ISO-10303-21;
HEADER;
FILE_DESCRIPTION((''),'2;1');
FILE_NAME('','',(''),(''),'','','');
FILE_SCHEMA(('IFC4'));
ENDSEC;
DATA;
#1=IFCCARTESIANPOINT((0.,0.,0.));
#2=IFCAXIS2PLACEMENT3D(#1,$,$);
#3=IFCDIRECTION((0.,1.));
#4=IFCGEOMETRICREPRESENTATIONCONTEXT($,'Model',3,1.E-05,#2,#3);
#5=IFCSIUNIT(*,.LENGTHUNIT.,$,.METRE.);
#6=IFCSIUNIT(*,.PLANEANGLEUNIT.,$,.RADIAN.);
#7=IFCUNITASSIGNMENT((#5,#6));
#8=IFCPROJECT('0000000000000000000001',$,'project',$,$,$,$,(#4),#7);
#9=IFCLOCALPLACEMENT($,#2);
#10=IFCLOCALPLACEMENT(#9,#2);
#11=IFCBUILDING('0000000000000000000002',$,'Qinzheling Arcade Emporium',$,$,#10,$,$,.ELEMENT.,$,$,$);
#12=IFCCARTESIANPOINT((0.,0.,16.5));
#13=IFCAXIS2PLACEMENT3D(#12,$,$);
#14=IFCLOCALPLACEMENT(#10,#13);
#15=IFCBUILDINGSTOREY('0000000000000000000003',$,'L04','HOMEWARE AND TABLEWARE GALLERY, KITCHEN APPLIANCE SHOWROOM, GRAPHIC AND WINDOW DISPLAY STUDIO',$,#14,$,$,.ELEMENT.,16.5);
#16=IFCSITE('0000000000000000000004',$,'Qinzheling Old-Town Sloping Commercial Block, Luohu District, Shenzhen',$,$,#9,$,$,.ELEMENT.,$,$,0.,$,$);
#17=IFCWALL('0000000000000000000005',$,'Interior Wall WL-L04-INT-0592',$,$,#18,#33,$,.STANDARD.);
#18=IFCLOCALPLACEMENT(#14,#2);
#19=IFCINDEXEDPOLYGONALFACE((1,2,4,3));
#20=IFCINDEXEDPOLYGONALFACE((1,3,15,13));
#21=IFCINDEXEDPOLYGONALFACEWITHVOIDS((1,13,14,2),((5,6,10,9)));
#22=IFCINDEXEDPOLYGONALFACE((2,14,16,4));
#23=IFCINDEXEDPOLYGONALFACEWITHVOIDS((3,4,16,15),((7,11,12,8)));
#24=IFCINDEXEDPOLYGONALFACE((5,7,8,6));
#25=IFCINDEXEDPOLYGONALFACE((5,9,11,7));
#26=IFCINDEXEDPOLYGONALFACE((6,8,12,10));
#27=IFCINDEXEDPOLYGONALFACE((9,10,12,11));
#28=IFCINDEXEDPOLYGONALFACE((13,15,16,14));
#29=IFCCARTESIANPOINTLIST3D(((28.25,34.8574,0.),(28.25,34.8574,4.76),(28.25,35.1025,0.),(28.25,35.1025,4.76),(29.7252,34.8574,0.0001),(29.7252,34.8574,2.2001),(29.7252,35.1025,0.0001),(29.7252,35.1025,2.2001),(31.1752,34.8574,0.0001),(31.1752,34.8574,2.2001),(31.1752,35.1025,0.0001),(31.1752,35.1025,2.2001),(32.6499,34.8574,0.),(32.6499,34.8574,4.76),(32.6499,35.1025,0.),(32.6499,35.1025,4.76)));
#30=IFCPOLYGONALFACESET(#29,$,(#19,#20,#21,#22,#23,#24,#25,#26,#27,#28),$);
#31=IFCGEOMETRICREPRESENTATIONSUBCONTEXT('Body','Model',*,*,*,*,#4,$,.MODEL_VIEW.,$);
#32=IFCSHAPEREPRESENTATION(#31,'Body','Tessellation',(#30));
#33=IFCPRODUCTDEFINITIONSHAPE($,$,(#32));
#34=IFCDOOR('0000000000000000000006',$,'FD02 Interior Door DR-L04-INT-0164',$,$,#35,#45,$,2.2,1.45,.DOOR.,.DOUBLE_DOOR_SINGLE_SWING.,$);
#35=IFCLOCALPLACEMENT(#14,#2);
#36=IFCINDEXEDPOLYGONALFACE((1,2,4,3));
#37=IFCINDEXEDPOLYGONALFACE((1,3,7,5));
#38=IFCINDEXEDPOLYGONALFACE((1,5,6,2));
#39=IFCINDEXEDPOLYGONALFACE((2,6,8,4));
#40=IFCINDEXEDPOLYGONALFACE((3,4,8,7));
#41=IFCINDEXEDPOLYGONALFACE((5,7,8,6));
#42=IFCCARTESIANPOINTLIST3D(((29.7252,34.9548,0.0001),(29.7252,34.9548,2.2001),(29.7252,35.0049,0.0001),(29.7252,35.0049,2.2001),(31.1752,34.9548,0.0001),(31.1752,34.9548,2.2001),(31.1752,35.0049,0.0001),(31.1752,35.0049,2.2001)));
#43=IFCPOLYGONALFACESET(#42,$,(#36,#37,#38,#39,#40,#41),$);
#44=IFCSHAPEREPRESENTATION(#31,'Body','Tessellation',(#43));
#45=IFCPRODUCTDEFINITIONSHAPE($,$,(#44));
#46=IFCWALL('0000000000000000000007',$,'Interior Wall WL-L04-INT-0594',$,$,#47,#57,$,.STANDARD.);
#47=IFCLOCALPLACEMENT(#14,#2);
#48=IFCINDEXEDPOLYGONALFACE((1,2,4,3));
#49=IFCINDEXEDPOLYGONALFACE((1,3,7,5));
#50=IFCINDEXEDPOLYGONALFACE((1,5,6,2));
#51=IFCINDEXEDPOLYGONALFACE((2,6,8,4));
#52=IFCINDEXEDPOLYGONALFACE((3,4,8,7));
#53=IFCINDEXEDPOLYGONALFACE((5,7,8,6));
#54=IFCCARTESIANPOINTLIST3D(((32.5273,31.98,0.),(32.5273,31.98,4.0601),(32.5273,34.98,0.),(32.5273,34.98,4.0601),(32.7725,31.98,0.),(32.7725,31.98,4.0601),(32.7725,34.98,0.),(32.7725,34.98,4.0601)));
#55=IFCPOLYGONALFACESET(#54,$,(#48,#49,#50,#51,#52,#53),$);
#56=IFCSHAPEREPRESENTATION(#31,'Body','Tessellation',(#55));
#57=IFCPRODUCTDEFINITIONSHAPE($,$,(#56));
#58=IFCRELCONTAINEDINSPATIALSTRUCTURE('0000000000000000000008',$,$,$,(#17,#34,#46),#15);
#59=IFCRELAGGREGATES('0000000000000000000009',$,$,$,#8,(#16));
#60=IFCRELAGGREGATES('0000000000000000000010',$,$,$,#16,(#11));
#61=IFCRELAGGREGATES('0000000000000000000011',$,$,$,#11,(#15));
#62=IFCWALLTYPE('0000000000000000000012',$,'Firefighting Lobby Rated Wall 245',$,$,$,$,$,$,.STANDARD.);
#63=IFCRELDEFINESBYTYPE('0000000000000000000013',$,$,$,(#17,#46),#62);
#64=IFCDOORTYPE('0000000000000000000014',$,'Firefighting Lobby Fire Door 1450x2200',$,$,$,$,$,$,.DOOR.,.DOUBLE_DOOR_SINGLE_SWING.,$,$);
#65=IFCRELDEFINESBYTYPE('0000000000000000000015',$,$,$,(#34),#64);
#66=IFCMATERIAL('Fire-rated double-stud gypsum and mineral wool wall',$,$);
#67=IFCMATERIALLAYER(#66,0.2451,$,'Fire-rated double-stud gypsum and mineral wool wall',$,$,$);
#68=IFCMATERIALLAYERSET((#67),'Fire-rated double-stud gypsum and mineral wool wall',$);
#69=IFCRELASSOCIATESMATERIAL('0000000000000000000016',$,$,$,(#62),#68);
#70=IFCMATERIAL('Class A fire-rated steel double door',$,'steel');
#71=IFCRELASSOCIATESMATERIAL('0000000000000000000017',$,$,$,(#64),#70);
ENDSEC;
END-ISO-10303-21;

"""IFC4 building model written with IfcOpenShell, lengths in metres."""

from ifc_helpers import new_model, si_unit, direction, frame, frame_2d, origin, place, context, subcontext, project, spatial, rectangle, extrude, material, layer, layer_set, type_object, element, fill, save


model = new_model("IFC4")

# Units and contexts
model_context = context("Model", 3, precision=1e-05, world=origin(), true_north=direction((0.0, 1.0)))
body_context = subcontext(model_context, "Body", "Model", "MODEL_VIEW")
ifc_project = project(units=[si_unit("LENGTHUNIT", "METRE"), si_unit("PLANEANGLEUNIT", "RADIAN")], contexts=[model_context])

# Site, building, storey
site_placement = place(None, origin())
site = spatial("IfcSite", under=ifc_project, at=site_placement, Name="Qinzheling Old-Town Sloping Commercial Block, Luohu District, Shenzhen", CompositionType="ELEMENT", RefElevation=0.0)
building_placement = place(site_placement, origin())
building = spatial("IfcBuilding", under=site, at=building_placement, Name="Qinzheling Arcade Emporium", CompositionType="ELEMENT")
storey_placement = place(building_placement, frame((0.0, 0.0, 16.5)))
storey = spatial("IfcBuildingStorey", under=building, at=storey_placement, Name="L04", Description="HOMEWARE AND TABLEWARE GALLERY, KITCHEN APPLIANCE SHOWROOM, GRAPHIC AND WINDOW DISPLAY STUDIO", CompositionType="ELEMENT", Elevation=16.5)

# Wall, opening, door
ifc_material_1 = material(Name="Fire-rated double-stud gypsum and mineral wool wall")
ifc_layer_1 = layer(ifc_material_1, 0.2451, Name="Fire-rated double-stud gypsum and mineral wool wall")
ifc_layer_set_1 = layer_set([ifc_layer_1], Name="Fire-rated double-stud gypsum and mineral wool wall")
wall_type_1 = type_object("IfcWallType", Name="Firefighting Lobby Rated Wall 245", PredefinedType="STANDARD", material=ifc_layer_set_1)
wall_1_placement = place(storey_placement, frame((28.25, 34.98, 0.0), z_axis=(0.0, 0.0, 1.0), x_axis=(1.0, 0.0, 0.0)))
wall_1 = element("IfcWall", 1, at=wall_1_placement, inside=storey, type_object=wall_type_1, Name="Interior Wall WL-L04-INT-0592", PredefinedType="STANDARD", context=body_context, shape_type="SweptSolid", body=[
    extrude(rectangle(XDim=4.3999, YDim=0.2451, at=frame_2d((2.2, 0.0))), origin(), (0.0, 0.0, 1.0), 4.76),
])
opening_1_placement = place(wall_1_placement, frame((1.4751, 0.0, 0.0)))
opening_1 = element("IfcOpeningElement", 2, at=opening_1_placement, cuts=wall_1, PredefinedType="OPENING", context=body_context, shape_type="SweptSolid", body=[
    extrude(rectangle(XDim=1.45, YDim=2.2, at=frame_2d((0.7251, 1.1001))), frame((0.0, 0.1326, 0.0), z_axis=(0.0, -1.0, 0.0), x_axis=(1.0, 0.0, 0.0)), (0.0, 0.0, 1.0), 0.2651),
])
ifc_material_2 = material(Name="Class A fire-rated steel double door", Category="steel")
door_type_1 = type_object("IfcDoorType", Name="Firefighting Lobby Fire Door 1450x2200", OperationType="DOUBLE_DOOR_SINGLE_SWING", PredefinedType="DOOR", material=ifc_material_2)
door_1_placement = place(opening_1_placement, origin())
door_1 = element("IfcDoor", 3, at=door_1_placement, inside=storey, type_object=door_type_1, Name="FD02 Interior Door DR-L04-INT-0164", OperationType="DOUBLE_DOOR_SINGLE_SWING", OverallHeight=2.2, OverallWidth=1.45, PredefinedType="DOOR", context=body_context, shape_type="SweptSolid", body=[
    extrude(rectangle(XDim=1.45, YDim=2.2, at=frame_2d((0.7251, 1.1001))), frame((0.0, 0.0249, 0.0), z_axis=(0.0, -1.0, 0.0), x_axis=(1.0, 0.0, 0.0)), (0.0, 0.0, 1.0), 0.05),
])
fill(opening_1, door_1)

# Wall
wall_2_placement = place(storey_placement, frame((32.6499, 34.98, 0.0), z_axis=(0.0, 0.0, 1.0), x_axis=(0.0, -1.0, 0.0)))
element("IfcWall", 4, at=wall_2_placement, inside=storey, type_object=wall_type_1, Name="Interior Wall WL-L04-INT-0594", PredefinedType="STANDARD", context=body_context, shape_type="SweptSolid", body=[
    extrude(rectangle(XDim=3.0, YDim=0.2451, at=frame_2d((1.5, 0.0))), origin(), (0.0, 0.0, 1.0), 4.0601),
])

save(model, "model.ifc")
